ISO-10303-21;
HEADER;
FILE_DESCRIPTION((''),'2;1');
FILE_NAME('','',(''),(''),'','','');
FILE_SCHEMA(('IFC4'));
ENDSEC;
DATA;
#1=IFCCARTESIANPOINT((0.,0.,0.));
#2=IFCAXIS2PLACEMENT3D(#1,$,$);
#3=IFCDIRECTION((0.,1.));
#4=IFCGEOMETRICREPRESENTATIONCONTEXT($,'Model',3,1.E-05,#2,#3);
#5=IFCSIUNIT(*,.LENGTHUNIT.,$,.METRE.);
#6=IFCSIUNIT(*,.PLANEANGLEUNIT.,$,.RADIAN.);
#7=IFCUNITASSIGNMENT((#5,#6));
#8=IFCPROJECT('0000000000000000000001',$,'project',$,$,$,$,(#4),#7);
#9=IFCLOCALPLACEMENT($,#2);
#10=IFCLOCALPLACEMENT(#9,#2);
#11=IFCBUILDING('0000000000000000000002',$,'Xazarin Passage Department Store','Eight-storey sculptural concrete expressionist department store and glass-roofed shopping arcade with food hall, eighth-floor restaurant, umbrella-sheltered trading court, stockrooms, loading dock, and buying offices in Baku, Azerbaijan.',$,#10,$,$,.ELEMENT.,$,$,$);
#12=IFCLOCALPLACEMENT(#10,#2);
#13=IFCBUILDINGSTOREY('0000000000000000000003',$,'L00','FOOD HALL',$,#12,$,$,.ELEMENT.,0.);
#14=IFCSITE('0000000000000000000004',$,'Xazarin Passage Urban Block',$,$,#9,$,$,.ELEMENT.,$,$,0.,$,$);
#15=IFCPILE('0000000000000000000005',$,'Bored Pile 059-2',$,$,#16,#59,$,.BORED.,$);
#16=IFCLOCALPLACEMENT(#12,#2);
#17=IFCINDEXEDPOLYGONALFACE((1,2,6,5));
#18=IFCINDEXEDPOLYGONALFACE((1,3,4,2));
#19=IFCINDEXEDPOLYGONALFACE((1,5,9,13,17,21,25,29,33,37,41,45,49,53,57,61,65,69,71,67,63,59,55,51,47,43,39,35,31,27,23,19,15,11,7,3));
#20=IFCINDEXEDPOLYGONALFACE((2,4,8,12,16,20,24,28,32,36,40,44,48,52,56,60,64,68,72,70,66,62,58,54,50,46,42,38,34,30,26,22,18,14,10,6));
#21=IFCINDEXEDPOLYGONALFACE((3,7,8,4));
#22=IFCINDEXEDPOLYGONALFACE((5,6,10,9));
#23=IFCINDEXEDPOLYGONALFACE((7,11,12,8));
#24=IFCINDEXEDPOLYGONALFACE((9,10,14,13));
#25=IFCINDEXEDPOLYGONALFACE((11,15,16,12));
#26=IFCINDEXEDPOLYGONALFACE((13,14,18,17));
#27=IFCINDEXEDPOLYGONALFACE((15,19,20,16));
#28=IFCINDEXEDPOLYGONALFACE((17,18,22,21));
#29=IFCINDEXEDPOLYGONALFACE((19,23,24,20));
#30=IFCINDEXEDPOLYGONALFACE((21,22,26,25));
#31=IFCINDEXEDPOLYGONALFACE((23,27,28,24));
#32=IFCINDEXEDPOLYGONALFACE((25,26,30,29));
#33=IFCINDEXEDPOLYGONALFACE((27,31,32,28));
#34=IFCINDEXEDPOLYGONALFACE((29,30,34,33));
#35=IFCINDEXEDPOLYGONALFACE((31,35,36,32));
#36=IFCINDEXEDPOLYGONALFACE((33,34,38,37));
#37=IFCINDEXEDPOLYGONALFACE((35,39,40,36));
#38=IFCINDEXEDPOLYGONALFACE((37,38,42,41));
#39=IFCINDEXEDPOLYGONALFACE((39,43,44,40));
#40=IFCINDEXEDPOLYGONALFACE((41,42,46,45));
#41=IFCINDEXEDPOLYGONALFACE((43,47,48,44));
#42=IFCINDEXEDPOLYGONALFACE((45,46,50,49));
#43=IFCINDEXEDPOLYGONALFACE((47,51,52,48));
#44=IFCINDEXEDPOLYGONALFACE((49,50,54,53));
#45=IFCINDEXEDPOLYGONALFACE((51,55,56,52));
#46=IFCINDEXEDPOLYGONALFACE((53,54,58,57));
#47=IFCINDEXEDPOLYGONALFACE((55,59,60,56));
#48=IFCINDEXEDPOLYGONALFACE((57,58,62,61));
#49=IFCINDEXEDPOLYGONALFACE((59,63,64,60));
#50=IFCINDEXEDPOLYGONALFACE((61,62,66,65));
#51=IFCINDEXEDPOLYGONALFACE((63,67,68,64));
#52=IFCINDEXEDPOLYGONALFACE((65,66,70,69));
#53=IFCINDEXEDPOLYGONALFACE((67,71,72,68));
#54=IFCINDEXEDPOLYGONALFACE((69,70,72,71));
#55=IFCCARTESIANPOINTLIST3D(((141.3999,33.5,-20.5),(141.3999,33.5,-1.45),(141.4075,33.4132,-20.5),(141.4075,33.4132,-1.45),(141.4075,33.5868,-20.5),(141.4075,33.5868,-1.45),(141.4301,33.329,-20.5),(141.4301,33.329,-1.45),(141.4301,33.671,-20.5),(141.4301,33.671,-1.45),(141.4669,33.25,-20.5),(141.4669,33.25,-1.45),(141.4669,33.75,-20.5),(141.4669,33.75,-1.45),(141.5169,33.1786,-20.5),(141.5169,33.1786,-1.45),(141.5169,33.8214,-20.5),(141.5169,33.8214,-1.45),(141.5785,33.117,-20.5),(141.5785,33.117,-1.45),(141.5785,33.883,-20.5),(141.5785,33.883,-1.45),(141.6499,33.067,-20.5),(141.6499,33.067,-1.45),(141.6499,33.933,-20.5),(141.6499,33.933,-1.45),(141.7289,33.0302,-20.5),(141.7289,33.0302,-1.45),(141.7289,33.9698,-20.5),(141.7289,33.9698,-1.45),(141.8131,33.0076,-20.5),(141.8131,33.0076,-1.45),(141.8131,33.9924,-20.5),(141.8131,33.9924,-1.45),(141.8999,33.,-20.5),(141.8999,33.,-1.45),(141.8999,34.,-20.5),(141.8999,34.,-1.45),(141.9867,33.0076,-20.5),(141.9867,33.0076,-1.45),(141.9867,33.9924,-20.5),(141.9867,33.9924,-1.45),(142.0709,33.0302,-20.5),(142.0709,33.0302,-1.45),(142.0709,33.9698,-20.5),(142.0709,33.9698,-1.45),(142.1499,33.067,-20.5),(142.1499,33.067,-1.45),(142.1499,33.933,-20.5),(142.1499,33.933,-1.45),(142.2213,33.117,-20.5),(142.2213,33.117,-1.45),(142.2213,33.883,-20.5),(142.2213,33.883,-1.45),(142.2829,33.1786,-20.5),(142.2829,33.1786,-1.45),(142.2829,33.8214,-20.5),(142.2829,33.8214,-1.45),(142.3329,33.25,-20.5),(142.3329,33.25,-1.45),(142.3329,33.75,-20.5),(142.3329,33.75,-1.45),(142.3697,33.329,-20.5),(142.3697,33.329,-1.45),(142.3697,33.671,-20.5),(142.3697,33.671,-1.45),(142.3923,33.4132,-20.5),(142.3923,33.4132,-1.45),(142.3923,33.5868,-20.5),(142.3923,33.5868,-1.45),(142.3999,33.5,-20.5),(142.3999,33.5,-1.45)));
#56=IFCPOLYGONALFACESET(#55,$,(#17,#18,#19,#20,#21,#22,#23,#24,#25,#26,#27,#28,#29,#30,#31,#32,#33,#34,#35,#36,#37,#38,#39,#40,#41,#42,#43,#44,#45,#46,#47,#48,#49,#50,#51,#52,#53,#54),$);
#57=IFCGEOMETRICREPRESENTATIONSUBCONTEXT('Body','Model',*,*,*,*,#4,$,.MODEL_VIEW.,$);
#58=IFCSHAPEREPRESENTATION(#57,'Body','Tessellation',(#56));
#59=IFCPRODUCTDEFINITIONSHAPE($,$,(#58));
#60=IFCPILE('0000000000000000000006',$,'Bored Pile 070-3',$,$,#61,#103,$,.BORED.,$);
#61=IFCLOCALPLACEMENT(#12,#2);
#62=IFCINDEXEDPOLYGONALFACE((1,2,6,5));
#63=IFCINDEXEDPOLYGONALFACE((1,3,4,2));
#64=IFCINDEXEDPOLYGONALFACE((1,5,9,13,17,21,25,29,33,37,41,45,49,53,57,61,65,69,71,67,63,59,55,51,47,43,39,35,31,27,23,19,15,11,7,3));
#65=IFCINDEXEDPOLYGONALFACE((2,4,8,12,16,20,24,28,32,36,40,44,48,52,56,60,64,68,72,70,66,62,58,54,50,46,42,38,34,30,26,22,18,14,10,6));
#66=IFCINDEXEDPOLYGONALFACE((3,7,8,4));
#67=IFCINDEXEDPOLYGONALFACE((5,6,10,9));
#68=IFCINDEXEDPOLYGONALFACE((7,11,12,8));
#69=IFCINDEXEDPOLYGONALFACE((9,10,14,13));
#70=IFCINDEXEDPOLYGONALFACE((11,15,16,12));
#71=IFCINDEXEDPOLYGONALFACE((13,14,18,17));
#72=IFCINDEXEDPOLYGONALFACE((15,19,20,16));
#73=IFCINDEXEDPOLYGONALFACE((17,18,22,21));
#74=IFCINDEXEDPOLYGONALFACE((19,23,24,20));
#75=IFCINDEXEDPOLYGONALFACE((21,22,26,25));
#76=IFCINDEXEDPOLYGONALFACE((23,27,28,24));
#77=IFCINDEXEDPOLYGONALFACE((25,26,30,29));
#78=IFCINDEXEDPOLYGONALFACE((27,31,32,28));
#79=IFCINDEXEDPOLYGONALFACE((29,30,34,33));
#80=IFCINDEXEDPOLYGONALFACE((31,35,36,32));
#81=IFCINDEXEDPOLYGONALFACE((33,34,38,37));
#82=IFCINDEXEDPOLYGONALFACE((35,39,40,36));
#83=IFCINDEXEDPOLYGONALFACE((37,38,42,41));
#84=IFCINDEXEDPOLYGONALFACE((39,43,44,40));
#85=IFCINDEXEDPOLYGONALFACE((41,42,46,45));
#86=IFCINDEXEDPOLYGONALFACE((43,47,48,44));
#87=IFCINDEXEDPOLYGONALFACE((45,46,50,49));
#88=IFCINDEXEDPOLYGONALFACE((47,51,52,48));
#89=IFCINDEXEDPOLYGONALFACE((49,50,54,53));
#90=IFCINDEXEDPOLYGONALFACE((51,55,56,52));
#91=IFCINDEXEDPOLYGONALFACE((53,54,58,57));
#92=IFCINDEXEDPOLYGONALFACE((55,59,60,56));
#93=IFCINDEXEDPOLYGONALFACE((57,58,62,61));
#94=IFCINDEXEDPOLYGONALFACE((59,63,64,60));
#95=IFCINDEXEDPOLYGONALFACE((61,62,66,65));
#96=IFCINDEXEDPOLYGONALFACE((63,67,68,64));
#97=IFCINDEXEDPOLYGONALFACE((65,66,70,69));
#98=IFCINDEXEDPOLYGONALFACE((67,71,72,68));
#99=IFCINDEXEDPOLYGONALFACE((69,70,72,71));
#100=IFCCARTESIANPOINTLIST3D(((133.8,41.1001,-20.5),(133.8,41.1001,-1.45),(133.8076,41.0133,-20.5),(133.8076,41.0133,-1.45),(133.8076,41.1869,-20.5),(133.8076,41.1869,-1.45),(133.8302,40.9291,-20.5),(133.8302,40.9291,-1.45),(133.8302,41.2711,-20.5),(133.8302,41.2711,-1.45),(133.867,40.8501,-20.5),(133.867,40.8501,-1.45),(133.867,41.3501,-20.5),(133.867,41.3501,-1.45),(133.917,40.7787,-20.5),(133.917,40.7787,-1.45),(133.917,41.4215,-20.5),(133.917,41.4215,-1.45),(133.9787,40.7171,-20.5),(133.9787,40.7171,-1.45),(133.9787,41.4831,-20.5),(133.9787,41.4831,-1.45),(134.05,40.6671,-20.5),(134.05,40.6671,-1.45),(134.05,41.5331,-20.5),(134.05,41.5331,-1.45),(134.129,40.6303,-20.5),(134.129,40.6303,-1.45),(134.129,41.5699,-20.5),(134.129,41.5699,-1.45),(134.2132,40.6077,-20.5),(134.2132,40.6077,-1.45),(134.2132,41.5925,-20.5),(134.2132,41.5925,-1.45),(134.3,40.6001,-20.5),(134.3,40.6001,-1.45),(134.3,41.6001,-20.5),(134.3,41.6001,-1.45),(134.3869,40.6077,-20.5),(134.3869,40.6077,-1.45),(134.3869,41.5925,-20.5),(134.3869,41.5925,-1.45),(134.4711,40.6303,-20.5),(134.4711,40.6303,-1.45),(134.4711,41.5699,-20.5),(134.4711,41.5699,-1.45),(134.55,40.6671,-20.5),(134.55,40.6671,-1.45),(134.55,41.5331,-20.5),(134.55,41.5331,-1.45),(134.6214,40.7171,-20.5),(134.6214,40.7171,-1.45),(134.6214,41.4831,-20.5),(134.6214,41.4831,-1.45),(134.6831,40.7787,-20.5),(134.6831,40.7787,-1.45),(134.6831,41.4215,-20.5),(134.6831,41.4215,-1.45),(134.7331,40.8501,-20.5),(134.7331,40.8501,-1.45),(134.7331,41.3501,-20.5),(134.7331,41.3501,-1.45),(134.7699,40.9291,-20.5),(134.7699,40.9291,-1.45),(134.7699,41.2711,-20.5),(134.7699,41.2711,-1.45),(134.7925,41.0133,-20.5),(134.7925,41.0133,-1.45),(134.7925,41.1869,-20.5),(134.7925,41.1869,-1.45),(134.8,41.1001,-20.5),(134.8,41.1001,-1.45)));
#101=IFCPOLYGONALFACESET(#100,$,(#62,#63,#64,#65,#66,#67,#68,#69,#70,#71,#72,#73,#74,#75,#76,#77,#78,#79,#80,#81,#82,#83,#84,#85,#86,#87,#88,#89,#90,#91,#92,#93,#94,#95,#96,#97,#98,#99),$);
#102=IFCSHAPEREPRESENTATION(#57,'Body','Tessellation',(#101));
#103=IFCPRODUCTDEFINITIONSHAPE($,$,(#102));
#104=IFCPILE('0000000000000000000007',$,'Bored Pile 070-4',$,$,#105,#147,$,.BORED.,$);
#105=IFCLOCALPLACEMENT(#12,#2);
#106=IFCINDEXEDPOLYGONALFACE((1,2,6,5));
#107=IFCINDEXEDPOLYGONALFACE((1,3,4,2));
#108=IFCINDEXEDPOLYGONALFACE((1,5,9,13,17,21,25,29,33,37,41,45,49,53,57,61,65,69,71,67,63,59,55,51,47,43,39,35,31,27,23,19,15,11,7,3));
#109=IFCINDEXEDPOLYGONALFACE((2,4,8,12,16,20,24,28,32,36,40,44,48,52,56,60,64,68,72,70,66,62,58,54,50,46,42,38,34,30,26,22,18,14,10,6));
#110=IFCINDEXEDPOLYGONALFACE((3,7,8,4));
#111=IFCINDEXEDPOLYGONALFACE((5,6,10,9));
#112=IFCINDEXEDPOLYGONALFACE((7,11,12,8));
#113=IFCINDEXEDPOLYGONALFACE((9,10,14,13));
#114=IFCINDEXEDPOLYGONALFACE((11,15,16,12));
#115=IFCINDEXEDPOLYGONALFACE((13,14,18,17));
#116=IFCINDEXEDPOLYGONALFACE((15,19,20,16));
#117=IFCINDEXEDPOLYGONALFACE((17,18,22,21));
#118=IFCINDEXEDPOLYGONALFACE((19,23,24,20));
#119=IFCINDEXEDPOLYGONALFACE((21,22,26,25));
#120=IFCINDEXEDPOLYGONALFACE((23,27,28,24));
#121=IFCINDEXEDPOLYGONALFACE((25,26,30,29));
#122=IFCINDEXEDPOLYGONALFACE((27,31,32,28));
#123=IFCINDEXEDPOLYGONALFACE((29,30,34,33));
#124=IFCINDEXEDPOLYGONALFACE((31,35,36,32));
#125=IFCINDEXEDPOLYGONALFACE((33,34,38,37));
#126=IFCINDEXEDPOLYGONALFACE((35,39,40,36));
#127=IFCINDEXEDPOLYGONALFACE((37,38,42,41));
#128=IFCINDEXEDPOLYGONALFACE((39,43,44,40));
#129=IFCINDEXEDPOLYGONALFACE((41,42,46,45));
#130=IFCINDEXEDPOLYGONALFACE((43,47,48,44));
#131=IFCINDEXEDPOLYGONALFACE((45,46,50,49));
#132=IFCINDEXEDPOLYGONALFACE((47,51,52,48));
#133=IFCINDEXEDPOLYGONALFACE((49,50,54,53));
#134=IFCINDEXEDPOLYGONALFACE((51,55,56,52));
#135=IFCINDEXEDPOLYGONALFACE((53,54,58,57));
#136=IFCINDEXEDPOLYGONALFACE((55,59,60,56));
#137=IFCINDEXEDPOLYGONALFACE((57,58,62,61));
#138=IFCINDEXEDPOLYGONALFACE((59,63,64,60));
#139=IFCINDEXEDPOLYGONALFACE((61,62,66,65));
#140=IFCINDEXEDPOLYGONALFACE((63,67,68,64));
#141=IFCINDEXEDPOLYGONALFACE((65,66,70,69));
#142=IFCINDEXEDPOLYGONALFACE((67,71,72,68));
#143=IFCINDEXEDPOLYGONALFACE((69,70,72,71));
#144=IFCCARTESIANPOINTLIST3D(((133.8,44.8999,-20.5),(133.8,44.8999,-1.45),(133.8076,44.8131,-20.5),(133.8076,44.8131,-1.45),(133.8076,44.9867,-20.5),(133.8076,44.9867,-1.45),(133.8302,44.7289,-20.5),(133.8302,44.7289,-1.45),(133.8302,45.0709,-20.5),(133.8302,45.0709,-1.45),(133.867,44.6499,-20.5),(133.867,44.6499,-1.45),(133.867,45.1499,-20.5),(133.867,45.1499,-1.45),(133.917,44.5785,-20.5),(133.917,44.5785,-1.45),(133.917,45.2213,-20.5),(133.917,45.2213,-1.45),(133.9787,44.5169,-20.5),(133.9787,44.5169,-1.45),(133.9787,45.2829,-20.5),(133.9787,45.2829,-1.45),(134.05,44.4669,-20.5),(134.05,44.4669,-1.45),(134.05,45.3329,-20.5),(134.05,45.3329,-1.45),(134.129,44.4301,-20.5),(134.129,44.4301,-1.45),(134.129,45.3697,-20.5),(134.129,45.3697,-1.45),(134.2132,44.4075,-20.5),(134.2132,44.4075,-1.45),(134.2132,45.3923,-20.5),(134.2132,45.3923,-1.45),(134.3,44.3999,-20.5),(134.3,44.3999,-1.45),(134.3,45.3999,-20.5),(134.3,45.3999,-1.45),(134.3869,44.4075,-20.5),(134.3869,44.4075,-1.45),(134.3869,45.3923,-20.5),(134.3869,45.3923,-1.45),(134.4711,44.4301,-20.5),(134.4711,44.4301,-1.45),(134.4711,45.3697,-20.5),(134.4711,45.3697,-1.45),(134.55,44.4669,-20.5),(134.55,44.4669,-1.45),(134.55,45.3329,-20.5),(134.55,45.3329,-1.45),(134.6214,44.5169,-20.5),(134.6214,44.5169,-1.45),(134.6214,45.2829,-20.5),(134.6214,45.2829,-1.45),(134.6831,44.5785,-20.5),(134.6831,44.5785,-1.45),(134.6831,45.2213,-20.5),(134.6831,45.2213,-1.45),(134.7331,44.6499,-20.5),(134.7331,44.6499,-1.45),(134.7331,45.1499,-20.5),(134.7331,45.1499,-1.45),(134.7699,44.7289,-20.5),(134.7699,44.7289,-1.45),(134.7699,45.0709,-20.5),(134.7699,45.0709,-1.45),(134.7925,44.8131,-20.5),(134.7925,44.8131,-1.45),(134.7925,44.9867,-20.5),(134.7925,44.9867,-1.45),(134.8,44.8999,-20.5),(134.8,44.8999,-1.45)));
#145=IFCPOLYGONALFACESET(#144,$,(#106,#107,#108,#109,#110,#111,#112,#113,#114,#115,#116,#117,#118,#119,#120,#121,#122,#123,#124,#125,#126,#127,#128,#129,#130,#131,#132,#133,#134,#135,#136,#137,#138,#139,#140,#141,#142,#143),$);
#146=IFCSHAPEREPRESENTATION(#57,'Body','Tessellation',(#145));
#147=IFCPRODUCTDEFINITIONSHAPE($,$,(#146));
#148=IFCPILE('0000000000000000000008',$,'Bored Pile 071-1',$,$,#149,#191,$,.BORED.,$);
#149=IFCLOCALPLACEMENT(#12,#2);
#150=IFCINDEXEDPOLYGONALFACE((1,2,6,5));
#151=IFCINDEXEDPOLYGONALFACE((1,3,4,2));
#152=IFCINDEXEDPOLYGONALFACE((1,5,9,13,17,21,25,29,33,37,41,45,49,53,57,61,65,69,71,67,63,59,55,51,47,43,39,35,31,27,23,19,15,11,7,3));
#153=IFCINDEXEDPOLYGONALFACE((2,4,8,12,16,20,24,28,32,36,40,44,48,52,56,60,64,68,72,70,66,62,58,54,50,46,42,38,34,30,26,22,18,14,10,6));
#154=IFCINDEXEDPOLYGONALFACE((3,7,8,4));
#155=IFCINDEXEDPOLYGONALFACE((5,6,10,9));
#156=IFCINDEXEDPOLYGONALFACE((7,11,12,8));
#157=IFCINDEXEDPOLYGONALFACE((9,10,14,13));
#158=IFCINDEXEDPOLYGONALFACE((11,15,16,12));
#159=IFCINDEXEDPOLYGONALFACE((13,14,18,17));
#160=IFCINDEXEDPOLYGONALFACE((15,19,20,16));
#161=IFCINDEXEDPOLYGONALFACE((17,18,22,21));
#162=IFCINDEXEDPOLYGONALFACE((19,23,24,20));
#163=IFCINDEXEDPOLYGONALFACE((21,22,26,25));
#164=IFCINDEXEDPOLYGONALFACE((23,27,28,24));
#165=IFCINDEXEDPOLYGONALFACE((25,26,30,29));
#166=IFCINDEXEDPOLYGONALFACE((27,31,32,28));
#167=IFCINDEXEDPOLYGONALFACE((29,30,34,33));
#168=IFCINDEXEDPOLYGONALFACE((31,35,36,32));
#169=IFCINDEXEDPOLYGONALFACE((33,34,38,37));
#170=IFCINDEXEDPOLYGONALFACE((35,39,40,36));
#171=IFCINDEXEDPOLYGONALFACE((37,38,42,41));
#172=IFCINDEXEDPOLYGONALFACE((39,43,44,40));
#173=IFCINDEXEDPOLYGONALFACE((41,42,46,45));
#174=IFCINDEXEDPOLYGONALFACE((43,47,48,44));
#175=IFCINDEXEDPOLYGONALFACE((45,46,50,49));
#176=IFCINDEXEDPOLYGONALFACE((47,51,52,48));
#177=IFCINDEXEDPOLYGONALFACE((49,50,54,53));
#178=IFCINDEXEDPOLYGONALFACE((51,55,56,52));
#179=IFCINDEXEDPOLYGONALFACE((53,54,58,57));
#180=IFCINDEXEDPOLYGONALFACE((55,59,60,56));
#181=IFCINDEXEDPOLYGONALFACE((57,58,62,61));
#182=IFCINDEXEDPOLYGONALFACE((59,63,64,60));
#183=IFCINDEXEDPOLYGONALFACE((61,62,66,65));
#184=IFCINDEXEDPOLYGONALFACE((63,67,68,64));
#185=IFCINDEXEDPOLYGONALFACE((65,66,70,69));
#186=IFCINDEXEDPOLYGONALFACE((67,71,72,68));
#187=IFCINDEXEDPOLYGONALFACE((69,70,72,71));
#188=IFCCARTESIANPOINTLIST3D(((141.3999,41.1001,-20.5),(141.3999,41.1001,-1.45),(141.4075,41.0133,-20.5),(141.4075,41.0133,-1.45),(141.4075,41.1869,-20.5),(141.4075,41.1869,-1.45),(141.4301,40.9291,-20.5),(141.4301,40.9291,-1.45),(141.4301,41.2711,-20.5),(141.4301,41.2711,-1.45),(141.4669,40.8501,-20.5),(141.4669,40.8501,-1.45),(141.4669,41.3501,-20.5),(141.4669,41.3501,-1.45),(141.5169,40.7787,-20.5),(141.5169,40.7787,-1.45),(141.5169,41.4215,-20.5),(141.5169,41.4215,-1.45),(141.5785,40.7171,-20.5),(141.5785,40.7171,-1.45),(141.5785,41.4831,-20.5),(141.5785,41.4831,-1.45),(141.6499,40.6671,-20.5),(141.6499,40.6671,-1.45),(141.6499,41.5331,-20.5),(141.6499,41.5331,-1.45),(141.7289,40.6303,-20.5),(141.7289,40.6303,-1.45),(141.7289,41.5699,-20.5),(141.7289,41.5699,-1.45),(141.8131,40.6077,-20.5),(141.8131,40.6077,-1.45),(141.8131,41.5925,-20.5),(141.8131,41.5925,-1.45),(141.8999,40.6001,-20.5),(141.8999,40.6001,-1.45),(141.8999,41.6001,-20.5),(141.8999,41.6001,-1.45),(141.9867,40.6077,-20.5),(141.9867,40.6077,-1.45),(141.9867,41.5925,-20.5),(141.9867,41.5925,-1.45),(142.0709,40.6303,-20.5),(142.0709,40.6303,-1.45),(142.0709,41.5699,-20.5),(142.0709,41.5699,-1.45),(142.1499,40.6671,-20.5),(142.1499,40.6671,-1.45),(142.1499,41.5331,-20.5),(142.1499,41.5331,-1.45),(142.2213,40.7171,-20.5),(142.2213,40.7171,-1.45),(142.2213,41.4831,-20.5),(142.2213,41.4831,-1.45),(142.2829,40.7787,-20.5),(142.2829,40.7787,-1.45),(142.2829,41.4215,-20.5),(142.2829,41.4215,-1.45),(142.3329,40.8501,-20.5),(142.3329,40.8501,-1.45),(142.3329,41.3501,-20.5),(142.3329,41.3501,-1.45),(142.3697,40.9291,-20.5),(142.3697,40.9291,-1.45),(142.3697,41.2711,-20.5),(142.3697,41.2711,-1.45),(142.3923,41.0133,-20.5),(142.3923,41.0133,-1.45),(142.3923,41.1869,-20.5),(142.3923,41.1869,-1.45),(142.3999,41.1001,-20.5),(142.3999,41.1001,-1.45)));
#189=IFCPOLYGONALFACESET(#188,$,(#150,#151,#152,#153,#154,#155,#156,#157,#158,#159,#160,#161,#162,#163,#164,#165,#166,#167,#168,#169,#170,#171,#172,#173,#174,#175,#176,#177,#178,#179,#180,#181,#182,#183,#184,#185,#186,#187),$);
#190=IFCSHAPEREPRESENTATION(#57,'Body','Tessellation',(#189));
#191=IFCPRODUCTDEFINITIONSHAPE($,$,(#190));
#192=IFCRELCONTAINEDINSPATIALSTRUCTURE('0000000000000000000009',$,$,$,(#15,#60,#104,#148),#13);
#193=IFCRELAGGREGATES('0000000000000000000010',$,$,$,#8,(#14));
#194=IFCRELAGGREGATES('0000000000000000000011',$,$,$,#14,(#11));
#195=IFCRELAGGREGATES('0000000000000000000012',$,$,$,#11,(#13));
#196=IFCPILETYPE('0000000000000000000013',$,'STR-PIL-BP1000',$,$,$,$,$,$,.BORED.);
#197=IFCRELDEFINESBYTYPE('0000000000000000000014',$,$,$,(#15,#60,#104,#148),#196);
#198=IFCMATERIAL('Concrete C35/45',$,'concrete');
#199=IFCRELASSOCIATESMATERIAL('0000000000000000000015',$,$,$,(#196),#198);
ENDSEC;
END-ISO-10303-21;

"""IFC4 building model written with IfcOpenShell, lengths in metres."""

from ifc_helpers import new_model, si_unit, direction, frame, origin, origin_2d, place, context, subcontext, project, spatial, circle, extrude, material, material_profile, profile_set, type_object, element, save


model = new_model("IFC4")

# Units and contexts
model_context = context("Model", 3, precision=1e-05, world=origin(), true_north=direction((0.0, 1.0)))
body_context = subcontext(model_context, "Body", "Model", "MODEL_VIEW")
ifc_project = project(units=[si_unit("LENGTHUNIT", "METRE"), si_unit("PLANEANGLEUNIT", "RADIAN")], contexts=[model_context])

# Site, building, storey
site_placement = place(None, origin())
site = spatial("IfcSite", under=ifc_project, at=site_placement, Name="Xazarin Passage Urban Block", CompositionType="ELEMENT", RefElevation=0.0)
building_placement = place(site_placement, origin())
building = spatial("IfcBuilding", under=site, at=building_placement, Name="Xazarin Passage Department Store", Description="Eight-storey sculptural concrete expressionist department store and glass-roofed shopping arcade with food hall, eighth-floor restaurant, umbrella-sheltered trading court, stockrooms, loading dock, and buying offices in Baku, Azerbaijan.", CompositionType="ELEMENT")
storey_placement = place(building_placement, origin())
storey = spatial("IfcBuildingStorey", under=building, at=storey_placement, Name="L00", Description="FOOD HALL", CompositionType="ELEMENT", Elevation=0.0)

# Shared definitions
ifc_material_1 = material(Name="Concrete C35/45", Category="concrete")

# Piles
ifc_material_profile_1 = material_profile(ifc_material_1, circle(Radius=0.5, at=origin_2d()), Name="BP 1000")
ifc_profile_set_1 = profile_set([ifc_material_profile_1], Name="Concrete C35/45")
pile_type_1 = type_object("IfcPileType", Name="STR-PIL-BP1000", PredefinedType="BORED", material=ifc_profile_set_1)
for number, where, z_axis, x_axis, name in (
    (1, (141.8999, 33.5, -1.45), (0.0, 0.0, -1.0), (1.0, 0.0, 0.0), "Bored Pile 059-2"),
    (2, (134.3, 41.1001, -1.45), (0.0, 0.0, -1.0), (1.0, 0.0, 0.0), "Bored Pile 070-3"),
    (3, (134.3, 44.8999, -1.45), (0.0, 0.0, -1.0), (1.0, 0.0, 0.0), "Bored Pile 070-4"),
    (4, (141.8999, 41.1001, -1.45), (0.0, 0.0, -1.0), (1.0, 0.0, 0.0), "Bored Pile 071-1"),
):
    element("IfcPile", number, at=place(storey_placement, frame(where, z_axis=z_axis, x_axis=x_axis)), inside=storey, type_object=pile_type_1, Name=name, PredefinedType="BORED", context=body_context, shape_type="SweptSolid", body=[
        extrude(circle(Radius=0.5, at=origin_2d()), origin(), (0.0, 0.0, 1.0), 19.05),
    ])

save(model, "model.ifc")
